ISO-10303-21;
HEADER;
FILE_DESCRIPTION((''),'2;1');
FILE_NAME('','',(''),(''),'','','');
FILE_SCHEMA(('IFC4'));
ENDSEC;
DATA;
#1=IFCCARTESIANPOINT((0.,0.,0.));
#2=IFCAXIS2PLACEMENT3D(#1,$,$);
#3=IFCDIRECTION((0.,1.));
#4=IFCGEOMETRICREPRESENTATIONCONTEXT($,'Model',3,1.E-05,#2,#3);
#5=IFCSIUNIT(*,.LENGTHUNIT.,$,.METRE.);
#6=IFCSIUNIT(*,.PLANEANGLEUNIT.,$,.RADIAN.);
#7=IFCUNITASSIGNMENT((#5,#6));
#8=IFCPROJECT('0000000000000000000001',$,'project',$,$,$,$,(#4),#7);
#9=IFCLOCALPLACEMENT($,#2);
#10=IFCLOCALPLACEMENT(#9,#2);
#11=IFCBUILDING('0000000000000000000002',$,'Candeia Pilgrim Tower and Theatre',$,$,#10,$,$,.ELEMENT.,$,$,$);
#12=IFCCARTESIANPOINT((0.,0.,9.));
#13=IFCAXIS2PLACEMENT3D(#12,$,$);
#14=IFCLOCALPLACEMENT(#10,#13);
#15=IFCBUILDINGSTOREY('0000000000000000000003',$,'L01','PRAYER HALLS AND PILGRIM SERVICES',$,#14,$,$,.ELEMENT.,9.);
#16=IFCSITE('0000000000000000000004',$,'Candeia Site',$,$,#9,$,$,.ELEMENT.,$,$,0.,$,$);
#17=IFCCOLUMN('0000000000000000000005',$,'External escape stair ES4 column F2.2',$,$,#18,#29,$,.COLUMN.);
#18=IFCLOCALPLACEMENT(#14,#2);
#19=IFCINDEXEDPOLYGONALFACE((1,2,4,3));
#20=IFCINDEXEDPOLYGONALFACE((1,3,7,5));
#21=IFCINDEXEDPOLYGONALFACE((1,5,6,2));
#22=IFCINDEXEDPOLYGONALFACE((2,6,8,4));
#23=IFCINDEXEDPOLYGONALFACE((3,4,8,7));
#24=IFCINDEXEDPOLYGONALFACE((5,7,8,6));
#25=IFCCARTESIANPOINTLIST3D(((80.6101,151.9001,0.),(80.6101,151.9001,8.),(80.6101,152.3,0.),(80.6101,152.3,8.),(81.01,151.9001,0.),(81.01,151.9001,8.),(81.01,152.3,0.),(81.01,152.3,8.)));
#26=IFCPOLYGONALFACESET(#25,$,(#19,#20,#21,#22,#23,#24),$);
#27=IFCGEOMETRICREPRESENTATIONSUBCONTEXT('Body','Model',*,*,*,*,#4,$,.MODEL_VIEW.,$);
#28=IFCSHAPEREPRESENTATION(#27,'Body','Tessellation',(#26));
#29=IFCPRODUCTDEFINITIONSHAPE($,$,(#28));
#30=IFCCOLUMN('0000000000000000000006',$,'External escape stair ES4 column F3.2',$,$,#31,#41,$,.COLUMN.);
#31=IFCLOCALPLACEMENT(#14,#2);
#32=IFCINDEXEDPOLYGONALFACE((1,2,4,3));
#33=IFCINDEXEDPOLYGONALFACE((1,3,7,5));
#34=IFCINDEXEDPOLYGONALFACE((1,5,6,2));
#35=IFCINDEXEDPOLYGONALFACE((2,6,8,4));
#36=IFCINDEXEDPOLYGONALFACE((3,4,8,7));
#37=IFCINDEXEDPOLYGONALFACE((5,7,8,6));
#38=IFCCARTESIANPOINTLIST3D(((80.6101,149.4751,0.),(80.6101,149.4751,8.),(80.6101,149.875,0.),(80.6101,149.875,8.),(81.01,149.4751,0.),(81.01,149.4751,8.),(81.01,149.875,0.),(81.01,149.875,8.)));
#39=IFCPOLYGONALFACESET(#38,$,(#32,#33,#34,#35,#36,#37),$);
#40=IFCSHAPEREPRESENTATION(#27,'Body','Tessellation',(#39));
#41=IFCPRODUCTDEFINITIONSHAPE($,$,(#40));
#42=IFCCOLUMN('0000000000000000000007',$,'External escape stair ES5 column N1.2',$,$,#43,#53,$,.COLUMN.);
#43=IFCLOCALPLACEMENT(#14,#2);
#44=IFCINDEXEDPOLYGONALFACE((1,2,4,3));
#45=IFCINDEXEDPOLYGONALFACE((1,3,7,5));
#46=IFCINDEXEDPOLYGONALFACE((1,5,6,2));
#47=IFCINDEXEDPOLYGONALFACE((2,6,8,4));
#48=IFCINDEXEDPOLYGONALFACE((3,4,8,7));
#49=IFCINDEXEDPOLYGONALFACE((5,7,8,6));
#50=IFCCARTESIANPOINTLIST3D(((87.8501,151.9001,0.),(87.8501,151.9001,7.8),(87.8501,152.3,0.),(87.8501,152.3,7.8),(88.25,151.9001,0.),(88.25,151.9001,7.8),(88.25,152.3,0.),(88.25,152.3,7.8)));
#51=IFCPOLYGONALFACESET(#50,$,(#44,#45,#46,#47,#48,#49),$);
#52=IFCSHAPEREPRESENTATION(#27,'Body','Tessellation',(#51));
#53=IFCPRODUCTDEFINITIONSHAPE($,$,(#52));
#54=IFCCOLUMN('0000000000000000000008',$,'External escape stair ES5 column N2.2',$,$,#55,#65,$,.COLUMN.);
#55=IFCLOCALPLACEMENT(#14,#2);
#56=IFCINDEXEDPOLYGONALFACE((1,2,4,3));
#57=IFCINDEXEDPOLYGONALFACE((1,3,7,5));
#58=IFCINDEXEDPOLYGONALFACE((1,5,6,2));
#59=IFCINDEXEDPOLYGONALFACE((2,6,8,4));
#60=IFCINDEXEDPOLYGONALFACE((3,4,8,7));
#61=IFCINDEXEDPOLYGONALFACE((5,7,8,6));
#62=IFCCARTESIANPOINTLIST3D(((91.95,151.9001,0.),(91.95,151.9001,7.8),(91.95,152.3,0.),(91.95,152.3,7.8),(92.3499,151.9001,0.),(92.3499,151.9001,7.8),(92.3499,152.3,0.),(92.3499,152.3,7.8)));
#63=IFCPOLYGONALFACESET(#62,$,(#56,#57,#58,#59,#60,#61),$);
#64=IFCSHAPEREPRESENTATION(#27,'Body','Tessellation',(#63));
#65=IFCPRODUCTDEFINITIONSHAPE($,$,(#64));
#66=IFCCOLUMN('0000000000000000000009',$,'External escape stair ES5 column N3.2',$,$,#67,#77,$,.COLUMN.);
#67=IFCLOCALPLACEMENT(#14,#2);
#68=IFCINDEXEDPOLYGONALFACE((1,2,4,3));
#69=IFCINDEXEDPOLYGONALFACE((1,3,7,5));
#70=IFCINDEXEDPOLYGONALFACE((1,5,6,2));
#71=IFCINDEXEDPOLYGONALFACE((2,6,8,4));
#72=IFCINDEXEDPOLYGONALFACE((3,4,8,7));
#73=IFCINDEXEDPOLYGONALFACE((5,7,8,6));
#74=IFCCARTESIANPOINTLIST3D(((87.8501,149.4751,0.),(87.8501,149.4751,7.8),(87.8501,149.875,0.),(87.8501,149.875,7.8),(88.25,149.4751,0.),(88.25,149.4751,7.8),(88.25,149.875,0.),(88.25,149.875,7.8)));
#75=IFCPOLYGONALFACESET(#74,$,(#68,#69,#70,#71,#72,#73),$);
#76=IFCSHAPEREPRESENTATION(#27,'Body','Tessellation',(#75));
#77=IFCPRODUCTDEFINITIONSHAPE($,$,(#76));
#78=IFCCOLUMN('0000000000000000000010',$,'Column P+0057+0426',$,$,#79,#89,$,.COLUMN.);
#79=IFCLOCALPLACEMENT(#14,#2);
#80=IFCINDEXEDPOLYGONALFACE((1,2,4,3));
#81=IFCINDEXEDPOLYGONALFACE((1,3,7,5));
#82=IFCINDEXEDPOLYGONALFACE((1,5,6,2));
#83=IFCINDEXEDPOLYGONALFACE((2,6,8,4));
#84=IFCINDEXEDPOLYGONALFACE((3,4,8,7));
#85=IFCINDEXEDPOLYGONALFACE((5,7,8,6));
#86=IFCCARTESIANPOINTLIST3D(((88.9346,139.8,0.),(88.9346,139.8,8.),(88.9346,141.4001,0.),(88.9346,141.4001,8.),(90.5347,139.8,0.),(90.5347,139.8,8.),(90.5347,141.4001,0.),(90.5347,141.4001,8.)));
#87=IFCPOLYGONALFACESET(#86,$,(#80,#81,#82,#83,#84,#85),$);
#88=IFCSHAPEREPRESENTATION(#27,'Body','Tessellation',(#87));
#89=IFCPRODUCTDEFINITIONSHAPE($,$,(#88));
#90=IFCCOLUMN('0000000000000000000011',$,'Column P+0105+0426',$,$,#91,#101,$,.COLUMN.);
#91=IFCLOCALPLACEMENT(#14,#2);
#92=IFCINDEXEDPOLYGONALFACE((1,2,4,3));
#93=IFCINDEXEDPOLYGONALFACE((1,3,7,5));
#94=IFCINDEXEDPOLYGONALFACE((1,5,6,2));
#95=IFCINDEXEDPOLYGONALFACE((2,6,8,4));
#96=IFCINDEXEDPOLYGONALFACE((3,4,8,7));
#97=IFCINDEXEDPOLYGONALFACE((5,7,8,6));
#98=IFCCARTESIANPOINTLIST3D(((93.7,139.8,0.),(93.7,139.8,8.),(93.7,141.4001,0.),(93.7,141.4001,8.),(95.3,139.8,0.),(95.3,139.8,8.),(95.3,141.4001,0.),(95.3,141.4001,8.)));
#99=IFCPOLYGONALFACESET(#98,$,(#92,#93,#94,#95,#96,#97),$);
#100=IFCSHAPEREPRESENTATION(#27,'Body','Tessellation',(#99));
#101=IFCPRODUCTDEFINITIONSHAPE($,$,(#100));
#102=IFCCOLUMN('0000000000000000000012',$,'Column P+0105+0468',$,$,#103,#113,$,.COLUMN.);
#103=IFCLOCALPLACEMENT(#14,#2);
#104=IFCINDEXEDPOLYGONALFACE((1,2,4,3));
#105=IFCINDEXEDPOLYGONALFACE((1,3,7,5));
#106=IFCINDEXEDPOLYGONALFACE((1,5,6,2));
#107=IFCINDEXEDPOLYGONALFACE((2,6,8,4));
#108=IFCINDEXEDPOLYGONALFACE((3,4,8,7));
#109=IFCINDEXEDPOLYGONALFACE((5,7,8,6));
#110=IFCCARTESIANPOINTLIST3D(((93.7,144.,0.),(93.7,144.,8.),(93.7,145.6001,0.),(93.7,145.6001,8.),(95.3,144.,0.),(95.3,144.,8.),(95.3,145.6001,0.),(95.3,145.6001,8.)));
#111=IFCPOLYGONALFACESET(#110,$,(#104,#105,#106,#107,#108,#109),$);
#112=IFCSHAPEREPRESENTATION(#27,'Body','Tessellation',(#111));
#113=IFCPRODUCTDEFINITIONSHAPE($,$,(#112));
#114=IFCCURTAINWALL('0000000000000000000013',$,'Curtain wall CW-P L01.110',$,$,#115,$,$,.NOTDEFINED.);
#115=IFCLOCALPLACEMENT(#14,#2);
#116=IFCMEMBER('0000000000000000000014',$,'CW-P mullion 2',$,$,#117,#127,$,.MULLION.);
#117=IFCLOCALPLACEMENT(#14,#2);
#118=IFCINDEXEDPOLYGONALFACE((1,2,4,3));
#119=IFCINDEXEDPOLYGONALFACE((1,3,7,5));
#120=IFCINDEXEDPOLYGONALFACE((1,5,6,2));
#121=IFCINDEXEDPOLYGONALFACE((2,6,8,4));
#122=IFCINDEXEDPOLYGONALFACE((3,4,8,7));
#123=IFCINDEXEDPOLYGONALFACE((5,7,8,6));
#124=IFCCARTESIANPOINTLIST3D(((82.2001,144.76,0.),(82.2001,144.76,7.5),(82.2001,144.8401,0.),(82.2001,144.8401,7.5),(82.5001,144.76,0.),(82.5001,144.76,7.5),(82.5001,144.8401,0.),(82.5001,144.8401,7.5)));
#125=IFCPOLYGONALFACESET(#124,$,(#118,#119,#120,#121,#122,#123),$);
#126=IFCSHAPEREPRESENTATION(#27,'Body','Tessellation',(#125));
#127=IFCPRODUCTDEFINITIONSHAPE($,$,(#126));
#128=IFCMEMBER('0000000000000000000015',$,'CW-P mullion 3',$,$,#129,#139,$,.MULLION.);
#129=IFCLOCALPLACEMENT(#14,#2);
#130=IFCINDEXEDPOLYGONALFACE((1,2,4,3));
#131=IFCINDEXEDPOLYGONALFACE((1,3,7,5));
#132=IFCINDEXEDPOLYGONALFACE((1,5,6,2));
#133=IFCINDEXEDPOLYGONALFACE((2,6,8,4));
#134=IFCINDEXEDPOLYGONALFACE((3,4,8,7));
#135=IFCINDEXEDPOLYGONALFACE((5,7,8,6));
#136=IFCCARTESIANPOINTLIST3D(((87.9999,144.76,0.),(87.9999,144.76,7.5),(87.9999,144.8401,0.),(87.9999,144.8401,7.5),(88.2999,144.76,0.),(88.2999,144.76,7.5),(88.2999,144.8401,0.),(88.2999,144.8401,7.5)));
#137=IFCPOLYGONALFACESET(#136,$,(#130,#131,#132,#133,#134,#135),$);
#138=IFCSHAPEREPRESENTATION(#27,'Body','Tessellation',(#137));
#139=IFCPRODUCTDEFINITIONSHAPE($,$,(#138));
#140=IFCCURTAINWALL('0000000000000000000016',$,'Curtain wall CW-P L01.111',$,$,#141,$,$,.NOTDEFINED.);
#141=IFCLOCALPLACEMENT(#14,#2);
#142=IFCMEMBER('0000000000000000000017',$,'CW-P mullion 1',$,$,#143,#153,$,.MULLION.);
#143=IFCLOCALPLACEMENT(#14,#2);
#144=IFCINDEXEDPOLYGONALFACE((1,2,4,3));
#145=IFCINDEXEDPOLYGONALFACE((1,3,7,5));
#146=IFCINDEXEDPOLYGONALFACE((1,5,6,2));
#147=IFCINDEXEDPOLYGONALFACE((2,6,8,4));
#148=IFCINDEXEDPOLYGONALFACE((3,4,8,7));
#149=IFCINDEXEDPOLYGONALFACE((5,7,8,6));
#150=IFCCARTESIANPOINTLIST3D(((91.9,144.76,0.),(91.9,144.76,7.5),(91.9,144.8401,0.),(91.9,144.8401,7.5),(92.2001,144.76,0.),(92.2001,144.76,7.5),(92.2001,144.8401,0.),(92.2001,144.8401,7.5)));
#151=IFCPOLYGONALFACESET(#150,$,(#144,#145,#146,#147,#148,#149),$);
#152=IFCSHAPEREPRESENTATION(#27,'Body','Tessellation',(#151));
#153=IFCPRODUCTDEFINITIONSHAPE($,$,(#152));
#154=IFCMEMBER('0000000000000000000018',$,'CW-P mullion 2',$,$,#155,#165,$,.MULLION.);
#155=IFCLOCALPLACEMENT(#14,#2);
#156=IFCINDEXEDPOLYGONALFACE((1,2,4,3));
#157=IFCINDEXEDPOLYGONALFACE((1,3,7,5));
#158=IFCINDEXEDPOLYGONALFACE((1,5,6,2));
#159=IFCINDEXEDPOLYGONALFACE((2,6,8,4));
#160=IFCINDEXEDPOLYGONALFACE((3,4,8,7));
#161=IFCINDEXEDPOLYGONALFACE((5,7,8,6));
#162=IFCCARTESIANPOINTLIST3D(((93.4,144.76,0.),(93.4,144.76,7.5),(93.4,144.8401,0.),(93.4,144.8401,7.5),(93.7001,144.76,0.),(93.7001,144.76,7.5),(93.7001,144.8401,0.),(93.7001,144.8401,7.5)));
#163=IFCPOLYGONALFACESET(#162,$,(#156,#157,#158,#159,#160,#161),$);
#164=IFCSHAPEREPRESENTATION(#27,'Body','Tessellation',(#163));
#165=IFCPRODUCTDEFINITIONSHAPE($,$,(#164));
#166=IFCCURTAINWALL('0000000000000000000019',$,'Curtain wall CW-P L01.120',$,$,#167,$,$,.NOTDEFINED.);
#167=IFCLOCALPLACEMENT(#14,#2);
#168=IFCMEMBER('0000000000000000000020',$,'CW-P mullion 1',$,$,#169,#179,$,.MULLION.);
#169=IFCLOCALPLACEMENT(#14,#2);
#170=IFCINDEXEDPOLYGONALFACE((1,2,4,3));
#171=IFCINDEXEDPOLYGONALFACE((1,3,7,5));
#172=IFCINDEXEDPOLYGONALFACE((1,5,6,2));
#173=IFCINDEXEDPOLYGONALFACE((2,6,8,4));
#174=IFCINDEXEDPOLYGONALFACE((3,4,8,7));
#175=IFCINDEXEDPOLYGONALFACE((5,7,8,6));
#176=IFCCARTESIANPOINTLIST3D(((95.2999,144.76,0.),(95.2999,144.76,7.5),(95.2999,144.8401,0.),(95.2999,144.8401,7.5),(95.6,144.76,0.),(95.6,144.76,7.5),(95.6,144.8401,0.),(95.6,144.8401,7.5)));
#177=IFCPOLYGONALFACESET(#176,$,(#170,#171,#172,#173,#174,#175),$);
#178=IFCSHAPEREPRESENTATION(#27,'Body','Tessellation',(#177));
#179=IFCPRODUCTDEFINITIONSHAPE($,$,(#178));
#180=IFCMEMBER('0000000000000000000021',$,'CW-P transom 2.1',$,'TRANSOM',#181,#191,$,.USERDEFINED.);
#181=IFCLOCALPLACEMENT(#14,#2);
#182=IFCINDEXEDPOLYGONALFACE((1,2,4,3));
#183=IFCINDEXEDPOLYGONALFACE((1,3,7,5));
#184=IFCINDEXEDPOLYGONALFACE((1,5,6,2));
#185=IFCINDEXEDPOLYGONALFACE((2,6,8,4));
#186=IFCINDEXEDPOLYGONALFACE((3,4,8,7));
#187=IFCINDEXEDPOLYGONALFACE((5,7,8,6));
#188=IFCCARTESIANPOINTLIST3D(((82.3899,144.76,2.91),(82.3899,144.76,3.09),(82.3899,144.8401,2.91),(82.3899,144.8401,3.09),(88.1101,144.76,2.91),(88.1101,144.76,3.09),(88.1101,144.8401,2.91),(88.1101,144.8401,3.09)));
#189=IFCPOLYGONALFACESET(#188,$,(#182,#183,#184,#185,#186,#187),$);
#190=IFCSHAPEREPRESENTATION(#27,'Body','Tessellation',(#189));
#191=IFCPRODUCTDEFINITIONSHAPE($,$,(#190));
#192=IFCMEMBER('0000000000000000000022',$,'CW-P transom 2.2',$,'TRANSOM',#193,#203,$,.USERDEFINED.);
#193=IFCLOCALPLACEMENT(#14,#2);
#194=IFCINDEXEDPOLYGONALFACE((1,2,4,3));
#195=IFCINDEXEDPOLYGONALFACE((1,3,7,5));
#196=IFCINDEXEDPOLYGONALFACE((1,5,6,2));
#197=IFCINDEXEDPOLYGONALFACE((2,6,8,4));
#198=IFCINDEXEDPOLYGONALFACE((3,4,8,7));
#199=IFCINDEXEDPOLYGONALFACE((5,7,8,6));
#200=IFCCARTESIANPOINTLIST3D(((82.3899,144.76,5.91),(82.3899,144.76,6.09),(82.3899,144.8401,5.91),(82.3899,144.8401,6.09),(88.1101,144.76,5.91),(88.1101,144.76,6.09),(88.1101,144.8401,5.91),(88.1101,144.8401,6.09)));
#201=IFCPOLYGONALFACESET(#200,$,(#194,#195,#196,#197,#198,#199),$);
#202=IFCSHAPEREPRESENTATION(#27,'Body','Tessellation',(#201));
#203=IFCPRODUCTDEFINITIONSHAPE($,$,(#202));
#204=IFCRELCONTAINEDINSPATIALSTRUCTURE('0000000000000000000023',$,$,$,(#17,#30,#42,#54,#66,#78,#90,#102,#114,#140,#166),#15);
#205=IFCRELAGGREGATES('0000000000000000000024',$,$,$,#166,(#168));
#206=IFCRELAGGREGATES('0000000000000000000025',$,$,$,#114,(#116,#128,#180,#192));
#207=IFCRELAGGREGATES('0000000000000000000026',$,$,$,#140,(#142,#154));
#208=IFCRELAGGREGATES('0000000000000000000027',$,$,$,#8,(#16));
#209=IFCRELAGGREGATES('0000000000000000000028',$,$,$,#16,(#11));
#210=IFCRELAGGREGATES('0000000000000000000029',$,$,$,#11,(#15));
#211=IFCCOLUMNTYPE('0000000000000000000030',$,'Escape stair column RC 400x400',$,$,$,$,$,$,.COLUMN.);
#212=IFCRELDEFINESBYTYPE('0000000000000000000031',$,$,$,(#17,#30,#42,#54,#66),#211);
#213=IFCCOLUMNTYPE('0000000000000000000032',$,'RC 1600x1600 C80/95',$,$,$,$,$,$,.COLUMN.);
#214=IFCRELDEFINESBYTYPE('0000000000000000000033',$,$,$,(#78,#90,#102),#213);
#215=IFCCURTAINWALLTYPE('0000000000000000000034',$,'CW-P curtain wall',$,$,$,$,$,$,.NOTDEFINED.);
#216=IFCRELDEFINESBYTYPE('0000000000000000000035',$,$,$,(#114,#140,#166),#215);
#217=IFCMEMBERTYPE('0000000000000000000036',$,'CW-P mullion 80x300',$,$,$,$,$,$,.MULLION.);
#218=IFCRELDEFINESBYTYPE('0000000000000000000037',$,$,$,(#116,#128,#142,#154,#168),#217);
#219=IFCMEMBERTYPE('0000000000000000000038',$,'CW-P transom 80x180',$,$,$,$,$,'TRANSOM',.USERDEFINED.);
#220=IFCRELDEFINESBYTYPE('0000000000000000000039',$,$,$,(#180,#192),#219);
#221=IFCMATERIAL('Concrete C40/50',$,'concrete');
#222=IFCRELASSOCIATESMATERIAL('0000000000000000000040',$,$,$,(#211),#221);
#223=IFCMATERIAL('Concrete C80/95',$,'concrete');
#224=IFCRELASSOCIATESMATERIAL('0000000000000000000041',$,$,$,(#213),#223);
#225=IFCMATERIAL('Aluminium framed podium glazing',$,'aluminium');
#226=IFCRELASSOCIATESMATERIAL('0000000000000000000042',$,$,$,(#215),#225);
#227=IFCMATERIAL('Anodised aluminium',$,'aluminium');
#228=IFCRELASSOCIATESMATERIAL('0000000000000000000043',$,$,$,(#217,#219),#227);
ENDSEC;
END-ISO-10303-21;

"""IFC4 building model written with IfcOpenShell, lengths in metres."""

from ifc_helpers import new_model, si_unit, direction, frame, origin, origin_2d, place, context, subcontext, project, spatial, rectangle, extrude, material, material_profile, profile_set, type_object, element, aggregate, save


model = new_model("IFC4")

# Units and contexts
model_context = context("Model", 3, precision=1e-05, world=origin(), true_north=direction((0.0, 1.0)))
body_context = subcontext(model_context, "Body", "Model", "MODEL_VIEW")
ifc_project = project(units=[si_unit("LENGTHUNIT", "METRE"), si_unit("PLANEANGLEUNIT", "RADIAN")], contexts=[model_context])

# Site, building, storey
site_placement = place(None, origin())
site = spatial("IfcSite", under=ifc_project, at=site_placement, Name="Candeia Site", CompositionType="ELEMENT", RefElevation=0.0)
building_placement = place(site_placement, origin())
building = spatial("IfcBuilding", under=site, at=building_placement, Name="Candeia Pilgrim Tower and Theatre", CompositionType="ELEMENT")
storey_placement = place(building_placement, frame((0.0, 0.0, 9.0)))
storey = spatial("IfcBuildingStorey", under=building, at=storey_placement, Name="L01", Description="PRAYER HALLS AND PILGRIM SERVICES", CompositionType="ELEMENT", Elevation=9.0)

# Columns
ifc_material_1 = material(Name="Concrete C40/50", Category="concrete")
ifc_material_profile_1 = material_profile(ifc_material_1, rectangle(XDim=0.3999, YDim=0.3999, at=origin_2d()))
ifc_profile_set_1 = profile_set([ifc_material_profile_1], Name="Concrete C40/50")
column_type_1 = type_object("IfcColumnType", Name="Escape stair column RC 400x400", PredefinedType="COLUMN", material=ifc_profile_set_1)
for number, where, z_axis, x_axis, name in (
    (1, (80.8101, 152.1001, 0.0), (0.0, 0.0, 1.0), (1.0, 0.0, 0.0), "External escape stair ES4 column F2.2"),
    (2, (80.8101, 149.675, 0.0), (0.0, 0.0, 1.0), (1.0, 0.0, 0.0), "External escape stair ES4 column F3.2"),
):
    element("IfcColumn", number, at=place(storey_placement, frame(where, z_axis=z_axis, x_axis=x_axis)), inside=storey, type_object=column_type_1, Name=name, PredefinedType="COLUMN", context=body_context, shape_type="SweptSolid", body=[
        extrude(rectangle(XDim=0.3999, YDim=0.3999, at=origin_2d()), origin(), (0.0, 0.0, 1.0), 8.0),
    ])
for number, where, z_axis, x_axis, name in (
    (3, (88.05, 152.1001, 0.0), (0.0, 0.0, 1.0), (1.0, 0.0, 0.0), "External escape stair ES5 column N1.2"),
    (4, (92.1499, 152.1001, 0.0), (0.0, 0.0, 1.0), (1.0, 0.0, 0.0), "External escape stair ES5 column N2.2"),
    (5, (88.05, 149.675, 0.0), (0.0, 0.0, 1.0), (1.0, 0.0, 0.0), "External escape stair ES5 column N3.2"),
):
    element("IfcColumn", number, at=place(storey_placement, frame(where, z_axis=z_axis, x_axis=x_axis)), inside=storey, type_object=column_type_1, Name=name, PredefinedType="COLUMN", context=body_context, shape_type="SweptSolid", body=[
        extrude(rectangle(XDim=0.3999, YDim=0.3999, at=origin_2d()), origin(), (0.0, 0.0, 1.0), 7.8),
    ])
ifc_material_2 = material(Name="Concrete C80/95", Category="concrete")
ifc_material_profile_2 = material_profile(ifc_material_2, rectangle(XDim=1.6001, YDim=1.6001, at=origin_2d()))
ifc_profile_set_2 = profile_set([ifc_material_profile_2], Name="Concrete C80/95")
column_type_2 = type_object("IfcColumnType", Name="RC 1600x1600 C80/95", PredefinedType="COLUMN", material=ifc_profile_set_2)
for number, where, z_axis, x_axis, name in (
    (6, (89.7346, 140.6001, 0.0), (0.0, 0.0, 1.0), (1.0, 0.0, 0.0), "Column P+0057+0426"),
    (7, (94.5, 140.6001, 0.0), (0.0, 0.0, 1.0), (1.0, 0.0, 0.0), "Column P+0105+0426"),
    (8, (94.5, 144.8, 0.0), (0.0, 0.0, 1.0), (1.0, 0.0, 0.0), "Column P+0105+0468"),
):
    element("IfcColumn", number, at=place(storey_placement, frame(where, z_axis=z_axis, x_axis=x_axis)), inside=storey, type_object=column_type_2, Name=name, PredefinedType="COLUMN", context=body_context, shape_type="SweptSolid", body=[
        extrude(rectangle(XDim=1.6001, YDim=1.6001, at=origin_2d()), origin(), (0.0, 0.0, 1.0), 8.0),
    ])

# Curtain walls, members
ifc_material_3 = material(Name="Aluminium framed podium glazing", Category="aluminium")
curtain_wall_type = type_object("IfcCurtainWallType", Name="CW-P curtain wall", PredefinedType="NOTDEFINED", material=ifc_material_3)
curtain_wall_1_placement = place(storey_placement, origin())
curtain_wall_1 = element("IfcCurtainWall", 9, at=curtain_wall_1_placement, inside=storey, type_object=curtain_wall_type, Name="Curtain wall CW-P L01.110", PredefinedType="NOTDEFINED")
ifc_material_4 = material(Name="Anodised aluminium", Category="aluminium")
ifc_material_profile_3 = material_profile(ifc_material_4, rectangle(XDim=0.0801, YDim=0.3, at=origin_2d()))
ifc_profile_set_3 = profile_set([ifc_material_profile_3], Name="Anodised aluminium")
member_type_1 = type_object("IfcMemberType", Name="CW-P mullion 80x300", PredefinedType="MULLION", material=ifc_profile_set_3)
member_1_placement = place(storey_placement, frame((82.3501, 144.8, 0.0), z_axis=(0.0, 0.0, 1.0), x_axis=(0.0, 1.0, 0.0)))
member_1 = element("IfcMember", 10, at=member_1_placement, type_object=member_type_1, Name="CW-P mullion 2", PredefinedType="MULLION", context=body_context, shape_type="SweptSolid", body=[
    extrude(rectangle(XDim=0.0801, YDim=0.3, at=origin_2d()), origin(), (0.0, 0.0, 1.0), 7.5),
])
member_2_placement = place(storey_placement, frame((88.1499, 144.8, 0.0), z_axis=(0.0, 0.0, 1.0), x_axis=(0.0, 1.0, 0.0)))
member_2 = element("IfcMember", 11, at=member_2_placement, type_object=member_type_1, Name="CW-P mullion 3", PredefinedType="MULLION", context=body_context, shape_type="SweptSolid", body=[
    extrude(rectangle(XDim=0.0801, YDim=0.3, at=origin_2d()), origin(), (0.0, 0.0, 1.0), 7.5),
])
curtain_wall_2_placement = place(storey_placement, origin())
curtain_wall_2 = element("IfcCurtainWall", 12, at=curtain_wall_2_placement, inside=storey, type_object=curtain_wall_type, Name="Curtain wall CW-P L01.111", PredefinedType="NOTDEFINED")
member_3_placement = place(storey_placement, frame((92.05, 144.8, 0.0), z_axis=(0.0, 0.0, 1.0), x_axis=(0.0, 1.0, 0.0)))
member_3 = element("IfcMember", 13, at=member_3_placement, type_object=member_type_1, Name="CW-P mullion 1", PredefinedType="MULLION", context=body_context, shape_type="SweptSolid", body=[
    extrude(rectangle(XDim=0.0801, YDim=0.3, at=origin_2d()), origin(), (0.0, 0.0, 1.0), 7.5),
])
member_4_placement = place(storey_placement, frame((93.55, 144.8, 0.0), z_axis=(0.0, 0.0, 1.0), x_axis=(0.0, 1.0, 0.0)))
member_4 = element("IfcMember", 14, at=member_4_placement, type_object=member_type_1, Name="CW-P mullion 2", PredefinedType="MULLION", context=body_context, shape_type="SweptSolid", body=[
    extrude(rectangle(XDim=0.0801, YDim=0.3, at=origin_2d()), origin(), (0.0, 0.0, 1.0), 7.5),
])

# Curtain wall, member
curtain_wall_3_placement = place(storey_placement, origin())
curtain_wall_3 = element("IfcCurtainWall", 15, at=curtain_wall_3_placement, inside=storey, type_object=curtain_wall_type, Name="Curtain wall CW-P L01.120", PredefinedType="NOTDEFINED")
member_5_placement = place(storey_placement, frame((95.45, 144.8, 0.0), z_axis=(0.0, 0.0, 1.0), x_axis=(0.0, 1.0, 0.0)))
member_5 = element("IfcMember", 16, at=member_5_placement, type_object=member_type_1, Name="CW-P mullion 1", PredefinedType="MULLION", context=body_context, shape_type="SweptSolid", body=[
    extrude(rectangle(XDim=0.0801, YDim=0.3, at=origin_2d()), origin(), (0.0, 0.0, 1.0), 7.5),
])
aggregate(curtain_wall_3, [member_5])

# Members
ifc_material_profile_4 = material_profile(ifc_material_4, rectangle(XDim=0.0801, YDim=0.1799, at=origin_2d()))
ifc_profile_set_4 = profile_set([ifc_material_profile_4], Name="Anodised aluminium")
member_type_2 = type_object("IfcMemberType", Name="CW-P transom 80x180", ElementType="TRANSOM", PredefinedType="USERDEFINED", material=ifc_profile_set_4)
member_6_placement = place(storey_placement, frame((82.3899, 144.8, 3.0), z_axis=(1.0, 0.0, 0.0), x_axis=(0.0, 1.0, 0.0)))
member_6 = element("IfcMember", 17, at=member_6_placement, type_object=member_type_2, Name="CW-P transom 2.1", ObjectType="TRANSOM", PredefinedType="USERDEFINED", context=body_context, shape_type="SweptSolid", body=[
    extrude(rectangle(XDim=0.0801, YDim=0.1799, at=origin_2d()), origin(), (0.0, 0.0, 1.0), 5.7202),
])
member_7_placement = place(storey_placement, frame((82.3899, 144.8, 6.0), z_axis=(1.0, 0.0, 0.0), x_axis=(0.0, 1.0, 0.0)))
member_7 = element("IfcMember", 18, at=member_7_placement, type_object=member_type_2, Name="CW-P transom 2.2", ObjectType="TRANSOM", PredefinedType="USERDEFINED", context=body_context, shape_type="SweptSolid", body=[
    extrude(rectangle(XDim=0.0801, YDim=0.1799, at=origin_2d()), origin(), (0.0, 0.0, 1.0), 5.7202),
])

aggregate(curtain_wall_1, [member_1, member_2, member_6, member_7])
aggregate(curtain_wall_2, [member_3, member_4])

save(model, "model.ifc")
